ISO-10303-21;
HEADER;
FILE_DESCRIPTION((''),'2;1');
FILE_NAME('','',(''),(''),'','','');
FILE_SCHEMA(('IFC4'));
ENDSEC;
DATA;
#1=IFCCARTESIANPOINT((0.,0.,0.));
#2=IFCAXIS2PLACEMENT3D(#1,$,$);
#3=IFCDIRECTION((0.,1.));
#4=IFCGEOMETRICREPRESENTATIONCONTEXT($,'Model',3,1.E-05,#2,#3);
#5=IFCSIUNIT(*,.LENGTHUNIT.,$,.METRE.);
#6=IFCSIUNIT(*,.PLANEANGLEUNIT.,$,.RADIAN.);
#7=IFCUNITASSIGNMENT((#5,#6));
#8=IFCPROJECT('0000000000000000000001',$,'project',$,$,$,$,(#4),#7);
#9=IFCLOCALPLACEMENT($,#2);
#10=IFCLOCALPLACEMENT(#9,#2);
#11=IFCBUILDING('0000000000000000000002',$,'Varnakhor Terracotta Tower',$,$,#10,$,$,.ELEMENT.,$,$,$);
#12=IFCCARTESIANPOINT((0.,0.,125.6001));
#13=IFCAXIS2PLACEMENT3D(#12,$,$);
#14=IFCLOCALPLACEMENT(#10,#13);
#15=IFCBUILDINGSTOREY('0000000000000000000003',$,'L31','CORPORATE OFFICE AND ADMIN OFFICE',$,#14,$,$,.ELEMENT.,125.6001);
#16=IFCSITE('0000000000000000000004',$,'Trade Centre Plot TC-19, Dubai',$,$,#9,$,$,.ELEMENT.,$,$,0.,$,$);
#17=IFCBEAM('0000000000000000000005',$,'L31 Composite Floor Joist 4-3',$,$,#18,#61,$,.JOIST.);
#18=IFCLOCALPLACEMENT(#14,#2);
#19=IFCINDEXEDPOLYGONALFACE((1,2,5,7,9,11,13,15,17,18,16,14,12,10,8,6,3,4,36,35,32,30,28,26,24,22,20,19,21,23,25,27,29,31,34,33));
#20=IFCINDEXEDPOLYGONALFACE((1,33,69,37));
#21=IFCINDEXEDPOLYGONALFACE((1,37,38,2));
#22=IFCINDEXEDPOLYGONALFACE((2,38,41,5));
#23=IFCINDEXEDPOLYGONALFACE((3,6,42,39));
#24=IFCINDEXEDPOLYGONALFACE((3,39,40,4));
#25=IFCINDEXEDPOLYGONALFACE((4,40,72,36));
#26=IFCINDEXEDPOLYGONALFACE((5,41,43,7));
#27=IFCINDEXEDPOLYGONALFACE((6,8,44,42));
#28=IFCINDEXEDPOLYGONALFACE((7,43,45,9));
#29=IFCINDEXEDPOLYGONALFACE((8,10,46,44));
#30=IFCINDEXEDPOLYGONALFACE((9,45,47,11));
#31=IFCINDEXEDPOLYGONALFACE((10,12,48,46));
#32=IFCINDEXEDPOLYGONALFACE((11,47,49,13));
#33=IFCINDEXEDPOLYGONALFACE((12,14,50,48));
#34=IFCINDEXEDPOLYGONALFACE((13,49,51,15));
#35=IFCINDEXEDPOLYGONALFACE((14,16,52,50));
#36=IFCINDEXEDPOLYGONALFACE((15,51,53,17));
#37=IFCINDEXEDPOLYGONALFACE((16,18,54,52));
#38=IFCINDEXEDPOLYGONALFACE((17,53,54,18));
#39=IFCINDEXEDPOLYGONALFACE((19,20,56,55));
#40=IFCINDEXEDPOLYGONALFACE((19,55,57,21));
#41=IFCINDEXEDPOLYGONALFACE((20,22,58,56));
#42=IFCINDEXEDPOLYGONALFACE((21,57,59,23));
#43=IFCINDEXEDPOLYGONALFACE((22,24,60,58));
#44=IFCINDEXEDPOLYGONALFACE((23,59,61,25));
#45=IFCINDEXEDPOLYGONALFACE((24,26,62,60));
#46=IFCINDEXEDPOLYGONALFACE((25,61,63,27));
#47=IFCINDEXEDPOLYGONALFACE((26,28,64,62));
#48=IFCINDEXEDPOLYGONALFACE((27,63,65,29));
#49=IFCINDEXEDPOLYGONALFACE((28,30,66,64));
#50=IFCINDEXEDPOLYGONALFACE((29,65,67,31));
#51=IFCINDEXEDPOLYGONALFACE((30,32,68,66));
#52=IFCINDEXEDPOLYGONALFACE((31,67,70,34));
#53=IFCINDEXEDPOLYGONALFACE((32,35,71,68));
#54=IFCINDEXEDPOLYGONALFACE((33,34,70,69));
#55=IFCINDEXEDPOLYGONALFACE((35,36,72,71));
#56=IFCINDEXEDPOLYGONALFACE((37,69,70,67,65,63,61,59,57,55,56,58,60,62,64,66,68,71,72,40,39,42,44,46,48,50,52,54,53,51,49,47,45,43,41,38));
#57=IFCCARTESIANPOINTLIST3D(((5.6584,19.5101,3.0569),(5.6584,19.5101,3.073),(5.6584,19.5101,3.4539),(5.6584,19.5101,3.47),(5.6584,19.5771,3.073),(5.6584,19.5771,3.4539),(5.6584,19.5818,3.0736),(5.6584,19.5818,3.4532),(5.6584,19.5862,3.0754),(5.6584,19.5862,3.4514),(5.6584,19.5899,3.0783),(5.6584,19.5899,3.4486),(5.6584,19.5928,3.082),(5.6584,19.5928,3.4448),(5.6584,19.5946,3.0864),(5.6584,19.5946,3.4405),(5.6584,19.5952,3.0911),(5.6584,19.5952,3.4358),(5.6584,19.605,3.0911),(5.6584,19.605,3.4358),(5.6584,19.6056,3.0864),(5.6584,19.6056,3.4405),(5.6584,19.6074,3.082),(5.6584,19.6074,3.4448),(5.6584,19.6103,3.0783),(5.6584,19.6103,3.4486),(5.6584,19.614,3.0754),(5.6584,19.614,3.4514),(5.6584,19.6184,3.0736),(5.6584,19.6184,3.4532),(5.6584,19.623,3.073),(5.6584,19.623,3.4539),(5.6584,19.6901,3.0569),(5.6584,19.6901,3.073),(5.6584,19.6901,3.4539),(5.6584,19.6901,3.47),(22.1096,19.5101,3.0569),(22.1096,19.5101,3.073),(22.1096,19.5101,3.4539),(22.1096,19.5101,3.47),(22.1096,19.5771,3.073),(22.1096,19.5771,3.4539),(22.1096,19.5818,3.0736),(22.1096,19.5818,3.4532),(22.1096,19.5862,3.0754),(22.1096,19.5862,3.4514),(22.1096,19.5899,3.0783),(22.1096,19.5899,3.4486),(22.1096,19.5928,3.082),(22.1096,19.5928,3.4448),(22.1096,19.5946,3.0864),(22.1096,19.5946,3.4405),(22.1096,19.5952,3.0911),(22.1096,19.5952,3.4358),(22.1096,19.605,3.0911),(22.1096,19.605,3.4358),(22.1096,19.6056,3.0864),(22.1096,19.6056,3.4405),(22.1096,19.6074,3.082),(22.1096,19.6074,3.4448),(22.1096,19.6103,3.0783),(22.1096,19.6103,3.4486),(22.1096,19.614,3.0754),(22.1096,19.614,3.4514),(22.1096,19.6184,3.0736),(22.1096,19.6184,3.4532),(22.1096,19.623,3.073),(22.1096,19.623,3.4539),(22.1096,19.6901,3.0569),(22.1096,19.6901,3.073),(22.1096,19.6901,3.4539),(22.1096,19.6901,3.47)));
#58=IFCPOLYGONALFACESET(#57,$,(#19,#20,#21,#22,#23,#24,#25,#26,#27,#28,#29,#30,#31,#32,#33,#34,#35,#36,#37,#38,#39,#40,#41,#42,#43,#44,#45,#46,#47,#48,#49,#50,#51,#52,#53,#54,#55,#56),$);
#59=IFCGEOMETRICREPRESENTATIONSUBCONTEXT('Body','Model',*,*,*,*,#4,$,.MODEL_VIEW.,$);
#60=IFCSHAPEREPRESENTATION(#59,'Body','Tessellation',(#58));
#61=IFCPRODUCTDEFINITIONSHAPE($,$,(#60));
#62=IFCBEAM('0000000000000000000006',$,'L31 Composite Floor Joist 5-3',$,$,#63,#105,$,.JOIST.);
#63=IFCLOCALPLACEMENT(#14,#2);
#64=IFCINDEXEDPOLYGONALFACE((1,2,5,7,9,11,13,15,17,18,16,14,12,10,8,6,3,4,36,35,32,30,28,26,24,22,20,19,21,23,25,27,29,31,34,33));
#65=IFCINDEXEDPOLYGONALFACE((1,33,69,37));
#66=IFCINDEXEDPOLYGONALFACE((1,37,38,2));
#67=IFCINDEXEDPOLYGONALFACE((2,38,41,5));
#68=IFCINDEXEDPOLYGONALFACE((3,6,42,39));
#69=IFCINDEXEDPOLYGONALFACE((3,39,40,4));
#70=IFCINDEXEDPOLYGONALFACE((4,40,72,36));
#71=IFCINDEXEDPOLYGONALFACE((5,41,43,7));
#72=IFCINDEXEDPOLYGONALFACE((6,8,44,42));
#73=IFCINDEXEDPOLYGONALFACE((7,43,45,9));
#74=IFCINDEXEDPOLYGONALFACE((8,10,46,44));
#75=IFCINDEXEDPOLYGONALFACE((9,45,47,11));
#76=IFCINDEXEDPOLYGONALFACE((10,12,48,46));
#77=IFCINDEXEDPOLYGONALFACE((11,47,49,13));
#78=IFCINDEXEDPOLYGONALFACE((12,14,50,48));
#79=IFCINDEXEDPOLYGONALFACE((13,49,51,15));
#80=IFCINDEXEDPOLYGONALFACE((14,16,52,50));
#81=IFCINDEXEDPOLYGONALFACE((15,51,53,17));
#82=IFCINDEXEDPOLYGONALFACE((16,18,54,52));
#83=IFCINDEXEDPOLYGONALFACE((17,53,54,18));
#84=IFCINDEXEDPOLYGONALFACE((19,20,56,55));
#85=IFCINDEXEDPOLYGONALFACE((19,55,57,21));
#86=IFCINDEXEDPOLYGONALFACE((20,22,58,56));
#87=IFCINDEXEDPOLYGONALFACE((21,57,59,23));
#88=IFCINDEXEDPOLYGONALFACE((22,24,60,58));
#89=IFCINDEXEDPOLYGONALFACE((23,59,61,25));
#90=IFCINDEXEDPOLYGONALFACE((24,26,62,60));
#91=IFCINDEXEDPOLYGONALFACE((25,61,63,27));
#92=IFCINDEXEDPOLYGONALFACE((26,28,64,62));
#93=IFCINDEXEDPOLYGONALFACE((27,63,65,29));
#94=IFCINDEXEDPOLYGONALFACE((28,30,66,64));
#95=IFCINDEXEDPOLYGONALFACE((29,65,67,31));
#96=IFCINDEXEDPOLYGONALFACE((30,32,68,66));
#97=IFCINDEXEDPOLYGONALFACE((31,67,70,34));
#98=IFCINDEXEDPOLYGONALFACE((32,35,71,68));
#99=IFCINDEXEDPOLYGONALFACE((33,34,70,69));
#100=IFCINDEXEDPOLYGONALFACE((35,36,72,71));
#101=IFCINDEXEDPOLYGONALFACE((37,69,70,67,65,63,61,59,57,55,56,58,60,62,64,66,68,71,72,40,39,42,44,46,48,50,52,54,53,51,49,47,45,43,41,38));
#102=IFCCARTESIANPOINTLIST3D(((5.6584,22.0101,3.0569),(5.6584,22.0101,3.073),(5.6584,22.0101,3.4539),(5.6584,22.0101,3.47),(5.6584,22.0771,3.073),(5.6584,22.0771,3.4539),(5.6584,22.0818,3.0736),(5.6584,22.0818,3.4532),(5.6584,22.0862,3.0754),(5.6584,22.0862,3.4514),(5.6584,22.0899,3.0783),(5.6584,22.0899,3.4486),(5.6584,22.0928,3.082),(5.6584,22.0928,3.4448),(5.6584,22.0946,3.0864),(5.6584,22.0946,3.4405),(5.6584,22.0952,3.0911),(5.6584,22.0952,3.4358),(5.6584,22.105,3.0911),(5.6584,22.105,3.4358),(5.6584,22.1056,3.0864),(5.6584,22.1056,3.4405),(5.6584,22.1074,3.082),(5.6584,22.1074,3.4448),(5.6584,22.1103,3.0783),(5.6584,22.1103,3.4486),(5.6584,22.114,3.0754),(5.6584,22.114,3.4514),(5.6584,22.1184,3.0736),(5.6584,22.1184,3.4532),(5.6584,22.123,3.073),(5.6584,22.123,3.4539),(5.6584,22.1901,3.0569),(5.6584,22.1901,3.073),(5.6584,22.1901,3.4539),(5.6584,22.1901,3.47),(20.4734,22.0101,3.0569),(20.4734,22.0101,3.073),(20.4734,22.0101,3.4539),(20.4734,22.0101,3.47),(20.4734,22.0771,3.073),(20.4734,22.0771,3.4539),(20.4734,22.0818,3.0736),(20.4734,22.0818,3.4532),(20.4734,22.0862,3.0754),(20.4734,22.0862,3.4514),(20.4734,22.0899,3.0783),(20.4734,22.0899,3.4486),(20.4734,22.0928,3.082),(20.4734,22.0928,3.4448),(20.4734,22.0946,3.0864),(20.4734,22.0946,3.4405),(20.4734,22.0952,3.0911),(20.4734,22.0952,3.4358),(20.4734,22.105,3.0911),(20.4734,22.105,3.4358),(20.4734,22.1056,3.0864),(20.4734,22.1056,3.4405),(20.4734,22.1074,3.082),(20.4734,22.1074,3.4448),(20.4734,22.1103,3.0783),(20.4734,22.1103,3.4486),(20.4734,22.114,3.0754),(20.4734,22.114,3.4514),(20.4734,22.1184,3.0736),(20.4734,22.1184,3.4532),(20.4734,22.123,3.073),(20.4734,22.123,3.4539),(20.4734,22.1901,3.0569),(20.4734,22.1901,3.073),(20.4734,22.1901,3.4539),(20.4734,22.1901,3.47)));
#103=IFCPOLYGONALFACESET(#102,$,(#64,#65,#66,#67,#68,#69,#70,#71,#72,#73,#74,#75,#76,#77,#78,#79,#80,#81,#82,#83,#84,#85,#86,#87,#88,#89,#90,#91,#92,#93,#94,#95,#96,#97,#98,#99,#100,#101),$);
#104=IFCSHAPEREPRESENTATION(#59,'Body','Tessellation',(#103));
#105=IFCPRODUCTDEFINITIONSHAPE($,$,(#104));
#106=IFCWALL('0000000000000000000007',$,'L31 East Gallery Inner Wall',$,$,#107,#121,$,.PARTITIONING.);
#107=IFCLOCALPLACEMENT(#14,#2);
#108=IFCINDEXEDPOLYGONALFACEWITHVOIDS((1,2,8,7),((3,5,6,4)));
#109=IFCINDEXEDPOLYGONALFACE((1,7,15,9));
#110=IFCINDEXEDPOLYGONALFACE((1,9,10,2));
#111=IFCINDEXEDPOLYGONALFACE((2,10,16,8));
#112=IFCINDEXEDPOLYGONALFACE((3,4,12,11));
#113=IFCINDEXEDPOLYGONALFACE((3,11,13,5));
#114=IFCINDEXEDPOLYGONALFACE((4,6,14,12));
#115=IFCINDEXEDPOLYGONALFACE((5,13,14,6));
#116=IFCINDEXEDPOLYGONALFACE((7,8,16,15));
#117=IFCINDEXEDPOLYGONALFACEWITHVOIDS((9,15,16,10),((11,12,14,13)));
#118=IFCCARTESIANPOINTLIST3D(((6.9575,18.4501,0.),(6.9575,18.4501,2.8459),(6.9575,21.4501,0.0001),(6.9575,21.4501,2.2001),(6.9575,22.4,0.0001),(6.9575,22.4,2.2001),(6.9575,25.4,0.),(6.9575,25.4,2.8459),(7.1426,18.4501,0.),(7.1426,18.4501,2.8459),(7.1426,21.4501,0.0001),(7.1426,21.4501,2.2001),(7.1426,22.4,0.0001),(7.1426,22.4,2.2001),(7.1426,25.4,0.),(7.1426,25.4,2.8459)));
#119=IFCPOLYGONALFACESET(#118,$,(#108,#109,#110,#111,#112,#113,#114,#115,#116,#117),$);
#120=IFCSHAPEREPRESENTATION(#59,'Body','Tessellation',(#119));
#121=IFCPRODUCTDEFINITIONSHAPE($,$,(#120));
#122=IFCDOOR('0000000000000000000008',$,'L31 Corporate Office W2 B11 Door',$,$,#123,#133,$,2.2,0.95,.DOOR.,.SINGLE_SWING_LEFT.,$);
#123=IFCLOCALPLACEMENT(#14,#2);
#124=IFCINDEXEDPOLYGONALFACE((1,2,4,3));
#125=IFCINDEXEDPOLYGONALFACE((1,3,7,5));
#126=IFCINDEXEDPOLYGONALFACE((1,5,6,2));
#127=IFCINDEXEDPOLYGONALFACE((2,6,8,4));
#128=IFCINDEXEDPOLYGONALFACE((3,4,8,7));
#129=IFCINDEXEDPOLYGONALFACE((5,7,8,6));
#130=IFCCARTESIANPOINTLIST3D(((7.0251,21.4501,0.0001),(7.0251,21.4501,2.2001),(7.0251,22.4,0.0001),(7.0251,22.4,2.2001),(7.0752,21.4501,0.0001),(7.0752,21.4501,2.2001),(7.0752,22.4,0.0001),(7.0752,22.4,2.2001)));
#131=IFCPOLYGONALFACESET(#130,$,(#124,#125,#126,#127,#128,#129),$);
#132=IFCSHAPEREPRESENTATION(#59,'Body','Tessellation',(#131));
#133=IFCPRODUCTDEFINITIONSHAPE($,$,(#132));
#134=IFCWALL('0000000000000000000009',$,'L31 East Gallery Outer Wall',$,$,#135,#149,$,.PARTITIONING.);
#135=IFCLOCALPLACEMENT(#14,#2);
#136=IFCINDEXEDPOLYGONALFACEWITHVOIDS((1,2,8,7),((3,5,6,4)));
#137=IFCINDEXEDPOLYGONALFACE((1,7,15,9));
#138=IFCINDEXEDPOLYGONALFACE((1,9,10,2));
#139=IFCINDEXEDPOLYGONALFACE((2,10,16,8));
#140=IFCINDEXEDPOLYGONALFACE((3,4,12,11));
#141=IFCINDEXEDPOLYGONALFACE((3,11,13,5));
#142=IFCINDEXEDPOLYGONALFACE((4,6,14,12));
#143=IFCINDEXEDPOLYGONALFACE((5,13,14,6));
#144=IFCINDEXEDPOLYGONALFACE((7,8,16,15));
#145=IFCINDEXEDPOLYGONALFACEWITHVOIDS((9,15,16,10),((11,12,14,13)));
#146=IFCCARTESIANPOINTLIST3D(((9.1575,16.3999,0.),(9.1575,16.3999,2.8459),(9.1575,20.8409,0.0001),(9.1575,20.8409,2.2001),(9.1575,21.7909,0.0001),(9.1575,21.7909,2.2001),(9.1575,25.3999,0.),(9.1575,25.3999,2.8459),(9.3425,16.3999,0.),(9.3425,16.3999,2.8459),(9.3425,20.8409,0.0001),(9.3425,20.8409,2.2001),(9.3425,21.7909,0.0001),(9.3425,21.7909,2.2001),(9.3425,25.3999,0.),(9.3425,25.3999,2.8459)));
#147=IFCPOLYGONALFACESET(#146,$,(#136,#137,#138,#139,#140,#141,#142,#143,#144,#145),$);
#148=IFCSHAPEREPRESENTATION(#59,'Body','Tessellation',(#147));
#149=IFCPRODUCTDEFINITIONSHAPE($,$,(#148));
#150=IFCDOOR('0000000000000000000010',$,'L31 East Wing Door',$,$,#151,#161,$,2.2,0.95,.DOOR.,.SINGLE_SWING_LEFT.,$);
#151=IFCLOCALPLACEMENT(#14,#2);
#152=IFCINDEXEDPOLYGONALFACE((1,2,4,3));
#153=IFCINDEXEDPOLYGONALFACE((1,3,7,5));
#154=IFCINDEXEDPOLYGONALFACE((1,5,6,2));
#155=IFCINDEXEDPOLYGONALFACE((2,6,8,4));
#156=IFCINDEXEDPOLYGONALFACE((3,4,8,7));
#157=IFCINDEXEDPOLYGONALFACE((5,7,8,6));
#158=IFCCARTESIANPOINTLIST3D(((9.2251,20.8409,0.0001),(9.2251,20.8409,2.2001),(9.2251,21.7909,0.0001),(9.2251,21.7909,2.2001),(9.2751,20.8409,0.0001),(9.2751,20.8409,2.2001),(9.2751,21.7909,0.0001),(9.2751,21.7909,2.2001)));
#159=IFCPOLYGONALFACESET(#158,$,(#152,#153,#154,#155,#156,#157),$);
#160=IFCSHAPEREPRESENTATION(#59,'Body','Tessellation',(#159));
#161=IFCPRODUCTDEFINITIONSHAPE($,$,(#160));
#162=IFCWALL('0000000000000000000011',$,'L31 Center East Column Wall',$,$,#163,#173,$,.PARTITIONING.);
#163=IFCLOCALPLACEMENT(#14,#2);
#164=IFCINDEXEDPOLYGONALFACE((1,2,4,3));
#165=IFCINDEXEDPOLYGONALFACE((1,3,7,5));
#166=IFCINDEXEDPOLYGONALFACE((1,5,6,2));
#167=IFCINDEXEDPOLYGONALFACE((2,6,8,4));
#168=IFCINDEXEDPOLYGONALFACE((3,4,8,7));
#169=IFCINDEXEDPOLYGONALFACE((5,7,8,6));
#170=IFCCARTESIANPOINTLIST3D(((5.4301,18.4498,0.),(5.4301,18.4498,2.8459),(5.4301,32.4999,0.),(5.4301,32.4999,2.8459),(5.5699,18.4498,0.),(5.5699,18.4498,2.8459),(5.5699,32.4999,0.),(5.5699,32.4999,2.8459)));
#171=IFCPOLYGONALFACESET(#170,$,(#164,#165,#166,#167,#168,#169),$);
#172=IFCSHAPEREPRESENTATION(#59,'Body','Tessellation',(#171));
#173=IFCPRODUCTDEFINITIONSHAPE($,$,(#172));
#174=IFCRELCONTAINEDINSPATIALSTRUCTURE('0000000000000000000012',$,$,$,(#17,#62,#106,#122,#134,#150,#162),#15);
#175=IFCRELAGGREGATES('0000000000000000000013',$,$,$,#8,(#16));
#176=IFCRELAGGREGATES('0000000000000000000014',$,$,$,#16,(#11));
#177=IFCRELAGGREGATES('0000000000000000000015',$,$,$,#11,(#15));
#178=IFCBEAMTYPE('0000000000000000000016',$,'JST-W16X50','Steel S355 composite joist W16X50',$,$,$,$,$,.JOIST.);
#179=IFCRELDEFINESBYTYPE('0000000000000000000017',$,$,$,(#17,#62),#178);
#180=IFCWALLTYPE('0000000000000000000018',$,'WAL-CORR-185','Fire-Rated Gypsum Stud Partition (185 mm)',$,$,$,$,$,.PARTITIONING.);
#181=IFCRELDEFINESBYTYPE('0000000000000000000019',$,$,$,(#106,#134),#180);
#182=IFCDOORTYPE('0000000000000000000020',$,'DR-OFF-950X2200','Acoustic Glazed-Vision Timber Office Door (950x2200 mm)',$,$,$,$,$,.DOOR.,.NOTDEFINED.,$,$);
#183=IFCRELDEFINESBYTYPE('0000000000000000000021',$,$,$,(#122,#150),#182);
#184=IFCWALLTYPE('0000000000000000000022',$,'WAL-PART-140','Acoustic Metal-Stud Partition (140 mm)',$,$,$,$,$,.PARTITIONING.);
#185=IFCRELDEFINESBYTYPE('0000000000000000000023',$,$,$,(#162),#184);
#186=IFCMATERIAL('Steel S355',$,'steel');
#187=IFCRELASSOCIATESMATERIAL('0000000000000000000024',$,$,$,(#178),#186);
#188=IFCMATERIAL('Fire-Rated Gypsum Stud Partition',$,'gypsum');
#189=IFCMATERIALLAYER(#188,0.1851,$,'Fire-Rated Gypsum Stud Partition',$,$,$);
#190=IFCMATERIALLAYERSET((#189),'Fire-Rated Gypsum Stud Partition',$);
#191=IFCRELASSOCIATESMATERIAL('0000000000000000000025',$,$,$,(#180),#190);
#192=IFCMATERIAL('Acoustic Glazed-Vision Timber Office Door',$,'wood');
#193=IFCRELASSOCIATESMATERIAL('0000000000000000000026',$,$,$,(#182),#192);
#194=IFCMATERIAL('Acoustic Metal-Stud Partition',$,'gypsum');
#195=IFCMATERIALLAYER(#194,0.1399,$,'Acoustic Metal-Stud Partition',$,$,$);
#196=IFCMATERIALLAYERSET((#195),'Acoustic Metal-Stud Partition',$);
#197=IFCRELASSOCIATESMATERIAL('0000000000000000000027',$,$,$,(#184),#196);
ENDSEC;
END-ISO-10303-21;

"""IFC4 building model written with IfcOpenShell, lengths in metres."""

from ifc_helpers import new_model, si_unit, direction, frame, frame_2d, origin, origin_2d, place, context, subcontext, project, spatial, rectangle, i_section, extrude, source, transform, mapped, material, layer, layer_set, material_profile, profile_set, type_object, type_shapes, element, fill, save


model = new_model("IFC4")

# Units and contexts
model_context = context("Model", 3, precision=1e-05, world=origin(), true_north=direction((0.0, 1.0)))
body_context = subcontext(model_context, "Body", "Model", "MODEL_VIEW")
ifc_project = project(units=[si_unit("LENGTHUNIT", "METRE"), si_unit("PLANEANGLEUNIT", "RADIAN")], contexts=[model_context])

# Site, building, storey
site_placement = place(None, origin())
site = spatial("IfcSite", under=ifc_project, at=site_placement, Name="Trade Centre Plot TC-19, Dubai", CompositionType="ELEMENT", RefElevation=0.0)
building_placement = place(site_placement, origin())
building = spatial("IfcBuilding", under=site, at=building_placement, Name="Varnakhor Terracotta Tower", CompositionType="ELEMENT")
storey_placement = place(building_placement, frame((0.0, 0.0, 125.6001)))
storey = spatial("IfcBuildingStorey", under=building, at=storey_placement, Name="L31", Description="CORPORATE OFFICE AND ADMIN OFFICE", CompositionType="ELEMENT", Elevation=125.6001)

# Beams
ifc_material_1 = material(Name="Steel S355", Category="steel")
ifc_material_profile_1 = material_profile(ifc_material_1, i_section(OverallWidth=0.1799, OverallDepth=0.4131, WebThickness=0.0098, FlangeThickness=0.0161, FilletRadius=0.0181, at=origin_2d()), Name="W16X50")
ifc_profile_set_1 = profile_set([ifc_material_profile_1], Name="Steel S355")
beam_type_1 = type_object("IfcBeamType", Name="JST-W16X50", Description="Steel S355 composite joist W16X50", PredefinedType="JOIST", material=ifc_profile_set_1)
shared_shape_1 = source(origin(), body_context, "Body", "SweptSolid", [
    extrude(i_section(OverallWidth=0.1799, OverallDepth=0.4131, WebThickness=0.0098, FlangeThickness=0.0161, FilletRadius=0.0181, at=origin_2d()), origin(), (0.0, 0.0, 1.0), 16.4512),
])
beam_1_placement = place(storey_placement, frame((5.6584, 19.6001, 3.2634), z_axis=(1.0, 0.0, 0.0), x_axis=(0.0, 1.0, 0.0)))
element("IfcBeam", 1, at=beam_1_placement, inside=storey, type_object=beam_type_1, Name="L31 Composite Floor Joist 4-3", PredefinedType="JOIST", context=body_context, shape_type="MappedRepresentation", body=[
    mapped(shared_shape_1, transform((0.0, 0.0, 0.0), scale=1.0)),
])
shared_shape_2 = source(origin(), body_context, "Body", "SweptSolid", [
    extrude(i_section(OverallWidth=0.1799, OverallDepth=0.4131, WebThickness=0.0098, FlangeThickness=0.0161, FilletRadius=0.0181, at=origin_2d()), origin(), (0.0, 0.0, 1.0), 14.8149),
])
beam_2_placement = place(storey_placement, frame((5.6584, 22.1001, 3.2634), z_axis=(1.0, 0.0, 0.0), x_axis=(0.0, 1.0, 0.0)))
element("IfcBeam", 2, at=beam_2_placement, inside=storey, type_object=beam_type_1, Name="L31 Composite Floor Joist 5-3", PredefinedType="JOIST", context=body_context, shape_type="MappedRepresentation", body=[
    mapped(shared_shape_2, transform((0.0, 0.0, 0.0), scale=1.0)),
])

# Walls, openings, doors
ifc_material_2 = material(Name="Fire-Rated Gypsum Stud Partition", Category="gypsum")
ifc_layer_1 = layer(ifc_material_2, 0.1851, Name="Fire-Rated Gypsum Stud Partition")
ifc_layer_set_1 = layer_set([ifc_layer_1], Name="Fire-Rated Gypsum Stud Partition")
wall_type_1 = type_object("IfcWallType", Name="WAL-CORR-185", Description="Fire-Rated Gypsum Stud Partition (185 mm)", PredefinedType="PARTITIONING", material=ifc_layer_set_1)
wall_1_placement = place(storey_placement, frame((7.05, 18.45, 0.0), z_axis=(0.0, 0.0, 1.0), x_axis=(0.0, 1.0, 0.0)))
wall_1 = element("IfcWall", 3, at=wall_1_placement, inside=storey, type_object=wall_type_1, Name="L31 East Gallery Inner Wall", PredefinedType="PARTITIONING", context=body_context, shape_type="SweptSolid", body=[
    extrude(rectangle(XDim=6.95, YDim=0.1851, at=frame_2d((3.4751, 0.0))), origin(), (0.0, 0.0, 1.0), 2.8459),
])
opening_1_placement = place(wall_1_placement, frame((3.0, 0.0, 0.0)))
opening_1 = element("IfcOpeningElement", 4, at=opening_1_placement, cuts=wall_1, PredefinedType="OPENING", context=body_context, shape_type="SweptSolid", body=[
    extrude(rectangle(XDim=0.95, YDim=2.2, at=frame_2d((0.4751, 1.1001))), frame((0.0, 0.1025, 0.0), z_axis=(0.0, -1.0, 0.0), x_axis=(1.0, 0.0, 0.0)), (0.0, 0.0, 1.0), 0.2051),
])
ifc_material_3 = material(Name="Acoustic Glazed-Vision Timber Office Door", Category="wood")
door_type_1 = type_object("IfcDoorType", Name="DR-OFF-950X2200", Description="Acoustic Glazed-Vision Timber Office Door (950x2200 mm)", OperationType="NOTDEFINED", PredefinedType="DOOR", material=ifc_material_3)
shared_shape_3 = source(origin(), body_context, "Body", "SweptSolid", [
    extrude(rectangle(XDim=0.95, YDim=2.2, at=frame_2d((0.4751, 1.1001))), frame((0.0, 0.0249, 0.0), z_axis=(0.0, -1.0, 0.0), x_axis=(1.0, 0.0, 0.0)), (0.0, 0.0, 1.0), 0.05),
])
type_shapes(door_type_1, [shared_shape_3])
door_1_placement = place(opening_1_placement, origin())
door_1 = element("IfcDoor", 5, at=door_1_placement, inside=storey, type_object=door_type_1, Name="L31 Corporate Office W2 B11 Door", OperationType="SINGLE_SWING_LEFT", OverallHeight=2.2, OverallWidth=0.95, PredefinedType="DOOR", context=body_context, shape_type="MappedRepresentation", body=[
    mapped(shared_shape_3, transform((0.0, 0.0, 0.0), scale=1.0)),
])
fill(opening_1, door_1)
wall_2_placement = place(storey_placement, frame((9.25, 16.3999, 0.0), z_axis=(0.0, 0.0, 1.0), x_axis=(0.0, 1.0, 0.0)))
wall_2 = element("IfcWall", 6, at=wall_2_placement, inside=storey, type_object=wall_type_1, Name="L31 East Gallery Outer Wall", PredefinedType="PARTITIONING", context=body_context, shape_type="SweptSolid", body=[
    extrude(rectangle(XDim=9.0, YDim=0.1851, at=frame_2d((4.5, 0.0))), origin(), (0.0, 0.0, 1.0), 2.8459),
])
opening_2_placement = place(wall_2_placement, frame((4.4409, 0.0, 0.0)))
opening_2 = element("IfcOpeningElement", 7, at=opening_2_placement, cuts=wall_2, PredefinedType="OPENING", context=body_context, shape_type="SweptSolid", body=[
    extrude(rectangle(XDim=0.95, YDim=2.2, at=frame_2d((0.4751, 1.1001))), frame((0.0, 0.1025, 0.0), z_axis=(0.0, -1.0, 0.0), x_axis=(1.0, 0.0, 0.0)), (0.0, 0.0, 1.0), 0.2051),
])
door_2_placement = place(opening_2_placement, origin())
door_2 = element("IfcDoor", 8, at=door_2_placement, inside=storey, type_object=door_type_1, Name="L31 East Wing Door", OperationType="SINGLE_SWING_LEFT", OverallHeight=2.2, OverallWidth=0.95, PredefinedType="DOOR", context=body_context, shape_type="MappedRepresentation", body=[
    mapped(shared_shape_3, transform((0.0, 0.0, 0.0), scale=1.0)),
])
fill(opening_2, door_2)

# Wall
ifc_material_4 = material(Name="Acoustic Metal-Stud Partition", Category="gypsum")
ifc_layer_2 = layer(ifc_material_4, 0.1399, Name="Acoustic Metal-Stud Partition")
ifc_layer_set_2 = layer_set([ifc_layer_2], Name="Acoustic Metal-Stud Partition")
wall_type_2 = type_object("IfcWallType", Name="WAL-PART-140", Description="Acoustic Metal-Stud Partition (140 mm)", PredefinedType="PARTITIONING", material=ifc_layer_set_2)
wall_3_placement = place(storey_placement, frame((5.5, 18.45, 0.0), z_axis=(0.0, 0.0, 1.0), x_axis=(0.0, 1.0, 0.0)))
element("IfcWall", 9, at=wall_3_placement, inside=storey, type_object=wall_type_2, Name="L31 Center East Column Wall", PredefinedType="PARTITIONING", context=body_context, shape_type="SweptSolid", body=[
    extrude(rectangle(XDim=14.05, YDim=0.1399, at=frame_2d((7.0249, 0.0))), origin(), (0.0, 0.0, 1.0), 2.8459),
])

save(model, "model.ifc")
